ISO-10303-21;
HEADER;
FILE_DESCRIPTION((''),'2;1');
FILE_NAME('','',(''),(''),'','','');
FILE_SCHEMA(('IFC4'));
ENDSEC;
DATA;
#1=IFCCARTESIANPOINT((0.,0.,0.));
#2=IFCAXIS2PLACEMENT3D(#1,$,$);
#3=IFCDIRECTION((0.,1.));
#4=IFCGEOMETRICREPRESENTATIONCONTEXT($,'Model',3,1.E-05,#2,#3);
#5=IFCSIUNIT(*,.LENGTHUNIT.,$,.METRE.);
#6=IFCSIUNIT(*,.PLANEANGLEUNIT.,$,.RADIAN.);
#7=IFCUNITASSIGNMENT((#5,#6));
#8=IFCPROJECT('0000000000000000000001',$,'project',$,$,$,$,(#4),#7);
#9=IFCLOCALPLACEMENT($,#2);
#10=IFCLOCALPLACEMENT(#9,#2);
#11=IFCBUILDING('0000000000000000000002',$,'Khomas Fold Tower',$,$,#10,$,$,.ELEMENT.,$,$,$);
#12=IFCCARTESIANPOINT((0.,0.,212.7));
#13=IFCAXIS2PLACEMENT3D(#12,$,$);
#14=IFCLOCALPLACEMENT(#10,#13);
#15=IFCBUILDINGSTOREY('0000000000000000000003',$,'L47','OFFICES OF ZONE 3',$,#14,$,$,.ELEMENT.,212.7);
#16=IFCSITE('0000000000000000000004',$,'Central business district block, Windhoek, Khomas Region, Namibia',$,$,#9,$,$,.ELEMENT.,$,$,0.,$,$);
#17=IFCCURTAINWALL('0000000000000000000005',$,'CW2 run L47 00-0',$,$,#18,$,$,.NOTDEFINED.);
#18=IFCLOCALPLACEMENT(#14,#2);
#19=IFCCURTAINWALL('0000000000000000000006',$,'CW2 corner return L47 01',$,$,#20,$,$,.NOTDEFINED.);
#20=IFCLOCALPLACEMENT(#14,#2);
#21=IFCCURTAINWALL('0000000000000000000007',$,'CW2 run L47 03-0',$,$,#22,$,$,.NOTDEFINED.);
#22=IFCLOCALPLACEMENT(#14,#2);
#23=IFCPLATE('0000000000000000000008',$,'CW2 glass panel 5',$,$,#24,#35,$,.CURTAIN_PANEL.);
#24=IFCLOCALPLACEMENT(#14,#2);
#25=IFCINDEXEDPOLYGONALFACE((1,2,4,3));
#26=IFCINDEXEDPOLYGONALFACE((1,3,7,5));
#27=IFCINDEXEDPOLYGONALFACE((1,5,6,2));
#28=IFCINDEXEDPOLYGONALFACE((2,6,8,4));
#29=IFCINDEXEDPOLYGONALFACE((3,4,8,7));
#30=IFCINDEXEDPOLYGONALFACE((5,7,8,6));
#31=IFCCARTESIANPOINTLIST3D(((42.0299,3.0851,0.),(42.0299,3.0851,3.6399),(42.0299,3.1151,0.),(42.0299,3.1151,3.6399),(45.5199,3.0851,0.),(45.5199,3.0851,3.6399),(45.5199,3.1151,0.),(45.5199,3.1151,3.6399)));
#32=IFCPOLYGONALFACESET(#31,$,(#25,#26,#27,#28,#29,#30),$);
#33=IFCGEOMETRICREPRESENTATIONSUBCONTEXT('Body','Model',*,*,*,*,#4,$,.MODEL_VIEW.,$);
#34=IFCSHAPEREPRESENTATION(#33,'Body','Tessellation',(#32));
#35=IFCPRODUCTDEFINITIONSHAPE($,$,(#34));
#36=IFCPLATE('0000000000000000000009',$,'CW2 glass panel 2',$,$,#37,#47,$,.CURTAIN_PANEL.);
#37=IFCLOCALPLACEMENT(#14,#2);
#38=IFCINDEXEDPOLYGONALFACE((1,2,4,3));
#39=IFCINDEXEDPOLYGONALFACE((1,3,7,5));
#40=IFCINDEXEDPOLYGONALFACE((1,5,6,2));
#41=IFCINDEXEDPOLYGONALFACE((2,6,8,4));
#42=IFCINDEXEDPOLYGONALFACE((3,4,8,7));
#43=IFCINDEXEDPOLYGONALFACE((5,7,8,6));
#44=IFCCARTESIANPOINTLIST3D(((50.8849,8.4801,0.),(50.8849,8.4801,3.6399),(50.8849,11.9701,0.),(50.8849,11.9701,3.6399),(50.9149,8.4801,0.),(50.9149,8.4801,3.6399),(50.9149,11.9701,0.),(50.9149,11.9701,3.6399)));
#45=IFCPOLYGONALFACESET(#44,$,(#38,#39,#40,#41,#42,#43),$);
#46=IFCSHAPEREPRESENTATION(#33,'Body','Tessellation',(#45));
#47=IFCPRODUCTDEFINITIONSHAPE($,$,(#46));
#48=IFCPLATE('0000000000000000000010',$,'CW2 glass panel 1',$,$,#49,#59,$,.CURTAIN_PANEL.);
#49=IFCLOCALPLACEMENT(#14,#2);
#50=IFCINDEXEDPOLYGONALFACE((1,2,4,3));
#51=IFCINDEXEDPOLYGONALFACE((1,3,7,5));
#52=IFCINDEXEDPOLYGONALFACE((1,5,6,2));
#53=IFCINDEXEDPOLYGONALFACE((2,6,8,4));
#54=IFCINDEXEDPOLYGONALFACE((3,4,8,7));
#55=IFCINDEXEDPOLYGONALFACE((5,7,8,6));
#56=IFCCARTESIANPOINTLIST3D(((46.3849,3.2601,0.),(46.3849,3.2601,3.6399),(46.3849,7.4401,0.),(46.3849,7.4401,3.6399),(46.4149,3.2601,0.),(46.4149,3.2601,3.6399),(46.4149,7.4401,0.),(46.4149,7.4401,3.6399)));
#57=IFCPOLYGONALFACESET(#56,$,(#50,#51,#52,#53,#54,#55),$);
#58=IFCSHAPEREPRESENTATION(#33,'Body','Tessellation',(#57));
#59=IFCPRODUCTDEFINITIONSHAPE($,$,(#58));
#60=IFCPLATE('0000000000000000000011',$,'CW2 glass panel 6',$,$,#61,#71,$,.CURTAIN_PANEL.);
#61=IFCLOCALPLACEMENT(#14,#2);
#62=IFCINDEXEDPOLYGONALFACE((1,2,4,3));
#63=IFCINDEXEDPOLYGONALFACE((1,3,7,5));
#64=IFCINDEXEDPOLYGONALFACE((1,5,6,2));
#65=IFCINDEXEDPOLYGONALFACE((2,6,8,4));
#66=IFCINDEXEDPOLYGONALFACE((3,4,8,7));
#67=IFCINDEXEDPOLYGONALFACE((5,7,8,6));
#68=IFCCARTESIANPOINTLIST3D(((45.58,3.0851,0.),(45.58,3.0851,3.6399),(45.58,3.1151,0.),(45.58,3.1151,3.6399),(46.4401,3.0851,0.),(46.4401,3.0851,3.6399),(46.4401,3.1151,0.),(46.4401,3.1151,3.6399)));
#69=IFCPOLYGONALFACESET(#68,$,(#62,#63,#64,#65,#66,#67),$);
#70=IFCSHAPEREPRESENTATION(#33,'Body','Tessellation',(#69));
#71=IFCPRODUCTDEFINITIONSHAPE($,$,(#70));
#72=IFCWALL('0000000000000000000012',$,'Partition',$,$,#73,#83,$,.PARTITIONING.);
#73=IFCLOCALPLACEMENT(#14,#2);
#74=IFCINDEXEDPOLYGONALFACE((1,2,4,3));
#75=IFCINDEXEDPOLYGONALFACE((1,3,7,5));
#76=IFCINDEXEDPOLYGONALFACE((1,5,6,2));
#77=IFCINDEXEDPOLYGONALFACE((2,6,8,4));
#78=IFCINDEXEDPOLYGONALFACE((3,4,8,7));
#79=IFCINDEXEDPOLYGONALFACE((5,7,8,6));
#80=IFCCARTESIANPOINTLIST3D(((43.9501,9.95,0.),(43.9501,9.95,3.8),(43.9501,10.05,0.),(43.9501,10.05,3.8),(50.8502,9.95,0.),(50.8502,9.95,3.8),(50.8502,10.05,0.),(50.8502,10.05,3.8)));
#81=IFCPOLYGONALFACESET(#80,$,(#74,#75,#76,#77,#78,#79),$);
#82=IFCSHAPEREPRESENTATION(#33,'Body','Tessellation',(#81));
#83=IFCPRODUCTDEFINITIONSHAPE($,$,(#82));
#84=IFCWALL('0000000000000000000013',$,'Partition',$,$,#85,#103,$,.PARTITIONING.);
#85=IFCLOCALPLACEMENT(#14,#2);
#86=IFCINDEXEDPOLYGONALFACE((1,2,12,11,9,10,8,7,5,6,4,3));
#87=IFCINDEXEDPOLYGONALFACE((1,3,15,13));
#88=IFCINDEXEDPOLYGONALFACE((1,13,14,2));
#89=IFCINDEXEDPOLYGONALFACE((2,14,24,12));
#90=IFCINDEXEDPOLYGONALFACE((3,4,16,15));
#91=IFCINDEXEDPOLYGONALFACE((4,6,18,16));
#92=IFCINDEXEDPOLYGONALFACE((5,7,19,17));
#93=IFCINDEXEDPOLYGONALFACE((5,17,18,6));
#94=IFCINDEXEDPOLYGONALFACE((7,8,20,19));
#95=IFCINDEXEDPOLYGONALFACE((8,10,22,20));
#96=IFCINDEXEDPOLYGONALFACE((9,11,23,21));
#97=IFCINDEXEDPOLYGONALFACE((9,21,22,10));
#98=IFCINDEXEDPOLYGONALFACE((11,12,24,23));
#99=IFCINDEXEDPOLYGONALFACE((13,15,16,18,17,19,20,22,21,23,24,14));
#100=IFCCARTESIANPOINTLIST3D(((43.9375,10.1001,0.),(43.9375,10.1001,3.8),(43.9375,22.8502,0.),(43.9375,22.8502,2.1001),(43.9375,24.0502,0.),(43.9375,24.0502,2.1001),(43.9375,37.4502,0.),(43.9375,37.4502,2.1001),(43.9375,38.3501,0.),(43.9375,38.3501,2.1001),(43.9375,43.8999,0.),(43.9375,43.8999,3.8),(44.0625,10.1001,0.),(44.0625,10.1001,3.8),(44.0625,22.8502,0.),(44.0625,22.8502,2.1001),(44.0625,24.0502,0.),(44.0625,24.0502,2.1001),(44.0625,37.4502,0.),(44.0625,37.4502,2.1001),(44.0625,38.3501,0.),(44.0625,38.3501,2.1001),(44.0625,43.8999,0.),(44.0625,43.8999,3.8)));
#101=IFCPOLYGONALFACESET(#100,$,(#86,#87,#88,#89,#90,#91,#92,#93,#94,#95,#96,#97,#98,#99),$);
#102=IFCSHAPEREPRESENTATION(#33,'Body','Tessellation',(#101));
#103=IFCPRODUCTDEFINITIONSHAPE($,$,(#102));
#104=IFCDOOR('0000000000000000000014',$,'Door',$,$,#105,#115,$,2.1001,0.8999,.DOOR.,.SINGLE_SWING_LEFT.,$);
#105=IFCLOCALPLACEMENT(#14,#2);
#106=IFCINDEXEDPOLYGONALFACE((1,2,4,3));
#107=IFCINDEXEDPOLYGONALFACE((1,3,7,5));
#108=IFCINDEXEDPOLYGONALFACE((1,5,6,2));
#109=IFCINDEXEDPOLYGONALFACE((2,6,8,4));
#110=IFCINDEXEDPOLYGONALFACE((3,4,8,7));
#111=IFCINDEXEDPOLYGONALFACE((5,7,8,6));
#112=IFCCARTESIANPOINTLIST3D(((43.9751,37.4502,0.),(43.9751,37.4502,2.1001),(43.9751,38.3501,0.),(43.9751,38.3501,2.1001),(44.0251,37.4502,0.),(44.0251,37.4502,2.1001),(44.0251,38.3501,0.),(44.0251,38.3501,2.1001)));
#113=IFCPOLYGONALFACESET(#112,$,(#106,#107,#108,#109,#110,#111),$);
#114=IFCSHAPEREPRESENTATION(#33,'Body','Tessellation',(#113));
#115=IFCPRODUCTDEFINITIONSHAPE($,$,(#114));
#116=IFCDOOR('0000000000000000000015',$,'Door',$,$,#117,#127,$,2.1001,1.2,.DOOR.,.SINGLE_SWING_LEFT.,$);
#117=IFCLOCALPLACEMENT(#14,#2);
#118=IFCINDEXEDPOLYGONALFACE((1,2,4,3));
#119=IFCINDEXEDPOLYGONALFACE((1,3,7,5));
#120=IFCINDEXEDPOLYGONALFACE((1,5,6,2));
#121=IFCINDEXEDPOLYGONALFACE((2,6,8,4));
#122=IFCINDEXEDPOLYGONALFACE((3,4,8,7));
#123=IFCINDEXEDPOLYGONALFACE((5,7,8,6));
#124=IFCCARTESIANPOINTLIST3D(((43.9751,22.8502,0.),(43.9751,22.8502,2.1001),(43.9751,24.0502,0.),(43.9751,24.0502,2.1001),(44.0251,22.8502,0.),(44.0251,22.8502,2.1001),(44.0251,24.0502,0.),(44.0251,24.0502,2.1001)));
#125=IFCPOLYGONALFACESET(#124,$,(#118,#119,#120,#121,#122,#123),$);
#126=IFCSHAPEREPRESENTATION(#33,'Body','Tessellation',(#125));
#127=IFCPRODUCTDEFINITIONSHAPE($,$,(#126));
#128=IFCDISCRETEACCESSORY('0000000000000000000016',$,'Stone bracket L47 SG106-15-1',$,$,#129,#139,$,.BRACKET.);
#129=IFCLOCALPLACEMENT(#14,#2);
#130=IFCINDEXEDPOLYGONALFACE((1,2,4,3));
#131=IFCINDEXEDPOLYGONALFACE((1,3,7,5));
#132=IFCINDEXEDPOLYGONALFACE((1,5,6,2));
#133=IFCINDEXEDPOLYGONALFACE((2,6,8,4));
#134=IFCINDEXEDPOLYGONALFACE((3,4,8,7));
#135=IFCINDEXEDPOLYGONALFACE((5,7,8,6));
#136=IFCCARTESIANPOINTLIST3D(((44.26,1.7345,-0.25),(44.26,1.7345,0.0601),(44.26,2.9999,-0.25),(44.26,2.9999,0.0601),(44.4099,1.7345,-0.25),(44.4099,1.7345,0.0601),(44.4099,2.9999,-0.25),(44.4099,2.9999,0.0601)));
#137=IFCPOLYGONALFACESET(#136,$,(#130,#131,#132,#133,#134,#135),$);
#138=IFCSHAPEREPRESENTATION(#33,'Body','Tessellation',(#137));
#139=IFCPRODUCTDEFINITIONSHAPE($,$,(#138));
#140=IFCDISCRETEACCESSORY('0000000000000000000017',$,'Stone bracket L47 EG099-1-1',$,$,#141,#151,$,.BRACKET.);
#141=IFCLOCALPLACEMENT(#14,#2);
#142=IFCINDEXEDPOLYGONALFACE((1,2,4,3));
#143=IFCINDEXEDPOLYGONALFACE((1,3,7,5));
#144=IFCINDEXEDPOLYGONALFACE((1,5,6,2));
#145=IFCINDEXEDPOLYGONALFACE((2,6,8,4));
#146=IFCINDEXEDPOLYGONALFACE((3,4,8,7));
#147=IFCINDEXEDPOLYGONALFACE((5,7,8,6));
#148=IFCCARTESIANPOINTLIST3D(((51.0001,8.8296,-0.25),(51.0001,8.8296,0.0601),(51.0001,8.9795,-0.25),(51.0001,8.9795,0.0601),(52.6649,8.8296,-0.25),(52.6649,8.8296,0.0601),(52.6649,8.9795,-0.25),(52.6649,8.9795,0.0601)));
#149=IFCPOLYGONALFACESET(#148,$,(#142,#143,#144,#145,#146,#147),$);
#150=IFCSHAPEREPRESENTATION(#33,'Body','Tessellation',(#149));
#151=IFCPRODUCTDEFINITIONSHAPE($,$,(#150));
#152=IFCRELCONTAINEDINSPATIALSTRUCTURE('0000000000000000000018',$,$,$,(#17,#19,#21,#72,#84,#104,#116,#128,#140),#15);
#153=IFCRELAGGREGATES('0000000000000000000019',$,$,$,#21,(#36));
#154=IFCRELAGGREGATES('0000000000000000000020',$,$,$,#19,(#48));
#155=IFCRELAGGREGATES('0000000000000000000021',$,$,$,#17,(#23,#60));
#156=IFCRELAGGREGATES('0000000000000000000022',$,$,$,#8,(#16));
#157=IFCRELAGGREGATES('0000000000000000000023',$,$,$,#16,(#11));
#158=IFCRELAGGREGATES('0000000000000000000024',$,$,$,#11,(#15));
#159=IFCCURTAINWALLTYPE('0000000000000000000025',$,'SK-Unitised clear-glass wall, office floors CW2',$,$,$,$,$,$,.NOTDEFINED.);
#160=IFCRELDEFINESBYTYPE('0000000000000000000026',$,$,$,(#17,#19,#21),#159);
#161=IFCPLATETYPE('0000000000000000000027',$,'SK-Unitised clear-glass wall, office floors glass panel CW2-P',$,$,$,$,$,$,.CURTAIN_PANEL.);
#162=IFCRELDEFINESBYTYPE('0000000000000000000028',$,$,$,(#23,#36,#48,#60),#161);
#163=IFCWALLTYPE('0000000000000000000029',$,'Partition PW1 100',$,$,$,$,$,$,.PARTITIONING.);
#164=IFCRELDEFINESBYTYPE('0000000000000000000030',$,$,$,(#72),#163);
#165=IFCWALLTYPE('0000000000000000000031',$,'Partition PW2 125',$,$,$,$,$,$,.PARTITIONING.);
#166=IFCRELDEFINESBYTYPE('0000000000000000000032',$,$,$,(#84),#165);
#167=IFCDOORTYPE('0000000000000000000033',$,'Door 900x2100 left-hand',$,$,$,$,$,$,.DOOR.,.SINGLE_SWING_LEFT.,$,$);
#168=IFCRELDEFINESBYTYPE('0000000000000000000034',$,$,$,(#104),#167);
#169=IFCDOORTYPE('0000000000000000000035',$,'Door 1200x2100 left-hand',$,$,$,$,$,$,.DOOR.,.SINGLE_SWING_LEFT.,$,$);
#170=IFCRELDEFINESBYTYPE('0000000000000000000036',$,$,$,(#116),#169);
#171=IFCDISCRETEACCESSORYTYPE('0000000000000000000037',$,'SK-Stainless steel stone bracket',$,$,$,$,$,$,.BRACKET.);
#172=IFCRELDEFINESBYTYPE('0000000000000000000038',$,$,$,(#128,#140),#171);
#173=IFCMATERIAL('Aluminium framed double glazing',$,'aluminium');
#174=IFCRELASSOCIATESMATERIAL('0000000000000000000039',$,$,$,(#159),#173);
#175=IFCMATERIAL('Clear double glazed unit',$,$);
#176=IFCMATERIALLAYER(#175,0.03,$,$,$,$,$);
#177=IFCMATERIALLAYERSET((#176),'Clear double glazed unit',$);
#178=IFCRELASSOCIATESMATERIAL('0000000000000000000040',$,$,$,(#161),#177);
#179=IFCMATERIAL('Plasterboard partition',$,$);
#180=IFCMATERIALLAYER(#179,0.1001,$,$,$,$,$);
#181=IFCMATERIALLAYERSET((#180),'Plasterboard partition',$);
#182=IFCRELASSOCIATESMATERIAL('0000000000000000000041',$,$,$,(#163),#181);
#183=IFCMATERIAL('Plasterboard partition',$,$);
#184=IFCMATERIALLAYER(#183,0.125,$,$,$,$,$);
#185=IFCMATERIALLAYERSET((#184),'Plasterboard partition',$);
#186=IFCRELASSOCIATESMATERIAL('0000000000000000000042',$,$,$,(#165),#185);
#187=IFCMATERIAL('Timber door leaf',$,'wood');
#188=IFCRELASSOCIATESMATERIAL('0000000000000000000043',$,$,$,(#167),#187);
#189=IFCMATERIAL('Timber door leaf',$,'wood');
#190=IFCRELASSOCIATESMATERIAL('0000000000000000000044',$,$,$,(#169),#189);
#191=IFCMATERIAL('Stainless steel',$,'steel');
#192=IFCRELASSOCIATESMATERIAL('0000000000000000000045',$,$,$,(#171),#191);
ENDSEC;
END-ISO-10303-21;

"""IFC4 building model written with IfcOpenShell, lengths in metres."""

from ifc_helpers import new_model, si_unit, direction, frame, frame_2d, origin, origin_2d, place, context, subcontext, project, spatial, rectangle, extrude, source, transform, mapped, material, layer, layer_set, type_object, element, fill, aggregate, save


model = new_model("IFC4")

# Units and contexts
model_context = context("Model", 3, precision=1e-05, world=origin(), true_north=direction((0.0, 1.0)))
body_context = subcontext(model_context, "Body", "Model", "MODEL_VIEW")
ifc_project = project(units=[si_unit("LENGTHUNIT", "METRE"), si_unit("PLANEANGLEUNIT", "RADIAN")], contexts=[model_context])

# Site, building, storey
site_placement = place(None, origin())
site = spatial("IfcSite", under=ifc_project, at=site_placement, Name="Central business district block, Windhoek, Khomas Region, Namibia", CompositionType="ELEMENT", RefElevation=0.0)
building_placement = place(site_placement, origin())
building = spatial("IfcBuilding", under=site, at=building_placement, Name="Khomas Fold Tower", CompositionType="ELEMENT")
storey_placement = place(building_placement, frame((0.0, 0.0, 212.7)))
storey = spatial("IfcBuildingStorey", under=building, at=storey_placement, Name="L47", Description="OFFICES OF ZONE 3", CompositionType="ELEMENT", Elevation=212.7)

# Curtain walls
ifc_material_1 = material(Name="Aluminium framed double glazing", Category="aluminium")
curtain_wall_type = type_object("IfcCurtainWallType", Name="SK-Unitised clear-glass wall, office floors CW2", PredefinedType="NOTDEFINED", material=ifc_material_1)
curtain_wall_1_placement = place(storey_placement, origin())
curtain_wall_1 = element("IfcCurtainWall", 1, at=curtain_wall_1_placement, inside=storey, type_object=curtain_wall_type, Name="CW2 run L47 00-0", PredefinedType="NOTDEFINED")
curtain_wall_2_placement = place(storey_placement, origin())
curtain_wall_2 = element("IfcCurtainWall", 2, at=curtain_wall_2_placement, inside=storey, type_object=curtain_wall_type, Name="CW2 corner return L47 01", PredefinedType="NOTDEFINED")

# Curtain wall
curtain_wall_3_placement = place(storey_placement, origin())
curtain_wall_3 = element("IfcCurtainWall", 3, at=curtain_wall_3_placement, inside=storey, type_object=curtain_wall_type, Name="CW2 run L47 03-0", PredefinedType="NOTDEFINED")

# Plates
ifc_material_2 = material(Name="Clear double glazed unit")
ifc_layer_1 = layer(ifc_material_2, 0.03)
ifc_layer_set_1 = layer_set([ifc_layer_1], Name="Clear double glazed unit")
plate_type_1 = type_object("IfcPlateType", Name="SK-Unitised clear-glass wall, office floors glass panel CW2-P", PredefinedType="CURTAIN_PANEL", material=ifc_layer_set_1)
shared_shape_1 = source(origin(), body_context, "Body", "SweptSolid", [
    extrude(rectangle(XDim=3.49, YDim=0.03, at=origin_2d()), origin(), (0.0, 0.0, 1.0), 3.6399),
])
plate_1_placement = place(storey_placement, frame((43.7749, 3.1001, 0.0), z_axis=(0.0, 0.0, 1.0), x_axis=(1.0, 0.0, 0.0)))
plate_1 = element("IfcPlate", 4, at=plate_1_placement, type_object=plate_type_1, Name="CW2 glass panel 5", PredefinedType="CURTAIN_PANEL", context=body_context, shape_type="MappedRepresentation", body=[
    mapped(shared_shape_1, transform((0.0, 0.0, 0.0))),
])
plate_2_placement = place(storey_placement, frame((50.8999, 10.2251, 0.0), z_axis=(0.0, 0.0, 1.0), x_axis=(0.0, 1.0, 0.0)))
plate_2 = element("IfcPlate", 5, at=plate_2_placement, type_object=plate_type_1, Name="CW2 glass panel 2", PredefinedType="CURTAIN_PANEL", context=body_context, shape_type="MappedRepresentation", body=[
    mapped(shared_shape_1, transform((0.0, 0.0, 0.0))),
])
aggregate(curtain_wall_3, [plate_2])
shared_shape_2 = source(origin(), body_context, "Body", "SweptSolid", [
    extrude(rectangle(XDim=4.1799, YDim=0.03, at=origin_2d()), origin(), (0.0, 0.0, 1.0), 3.6399),
])
plate_3_placement = place(storey_placement, frame((46.3999, 5.3501, 0.0), z_axis=(0.0, 0.0, 1.0), x_axis=(0.0, 1.0, 0.0)))
plate_3 = element("IfcPlate", 6, at=plate_3_placement, type_object=plate_type_1, Name="CW2 glass panel 1", PredefinedType="CURTAIN_PANEL", context=body_context, shape_type="MappedRepresentation", body=[
    mapped(shared_shape_2, transform((0.0, 0.0, 0.0))),
])
aggregate(curtain_wall_2, [plate_3])
shared_shape_3 = source(origin(), body_context, "Body", "SweptSolid", [
    extrude(rectangle(XDim=0.8601, YDim=0.03, at=origin_2d()), origin(), (0.0, 0.0, 1.0), 3.6399),
])
plate_4_placement = place(storey_placement, frame((46.01, 3.1001, 0.0), z_axis=(0.0, 0.0, 1.0), x_axis=(1.0, 0.0, 0.0)))
plate_4 = element("IfcPlate", 7, at=plate_4_placement, type_object=plate_type_1, Name="CW2 glass panel 6", PredefinedType="CURTAIN_PANEL", context=body_context, shape_type="MappedRepresentation", body=[
    mapped(shared_shape_3, transform((0.0, 0.0, 0.0))),
])
aggregate(curtain_wall_1, [plate_1, plate_4])

# Wall
ifc_material_3 = material(Name="Plasterboard partition")
ifc_layer_2 = layer(ifc_material_3, 0.1001)
ifc_layer_set_2 = layer_set([ifc_layer_2], Name="Plasterboard partition")
wall_type_1 = type_object("IfcWallType", Name="Partition PW1 100", PredefinedType="PARTITIONING", material=ifc_layer_set_2)
shared_shape_4 = source(origin(), body_context, "Body", "SweptSolid", [
    extrude(rectangle(XDim=6.9001, YDim=0.1001, at=frame_2d((3.4502, 0.0))), origin(), (0.0, 0.0, 1.0), 3.8),
])
wall_1_placement = place(storey_placement, frame((43.95, 10.0, 0.0), z_axis=(0.0, 0.0, 1.0), x_axis=(1.0, 0.0, 0.0)))
element("IfcWall", 8, at=wall_1_placement, inside=storey, type_object=wall_type_1, Name="Partition", PredefinedType="PARTITIONING", context=body_context, shape_type="MappedRepresentation", body=[
    mapped(shared_shape_4, transform((0.0, 0.0, 0.0))),
])

# Wall, openings, doors
ifc_material_4 = material(Name="Plasterboard partition")
ifc_layer_3 = layer(ifc_material_4, 0.125)
ifc_layer_set_3 = layer_set([ifc_layer_3], Name="Plasterboard partition")
wall_type_2 = type_object("IfcWallType", Name="Partition PW2 125", PredefinedType="PARTITIONING", material=ifc_layer_set_3)
shared_shape_5 = source(origin(), body_context, "Body", "SweptSolid", [
    extrude(rectangle(XDim=33.7998, YDim=0.125, at=frame_2d((16.8999, 0.0))), origin(), (0.0, 0.0, 1.0), 3.8),
])
wall_2_placement = place(storey_placement, frame((44.0, 10.1001, 0.0), z_axis=(0.0, 0.0, 1.0), x_axis=(0.0, 1.0, 0.0)))
wall_2 = element("IfcWall", 9, at=wall_2_placement, inside=storey, type_object=wall_type_2, Name="Partition", PredefinedType="PARTITIONING", context=body_context, shape_type="MappedRepresentation", body=[
    mapped(shared_shape_5, transform((0.0, 0.0, 0.0))),
])
shared_shape_6 = source(origin(), body_context, "Body", "SweptSolid", [
    extrude(rectangle(XDim=1.2, YDim=2.1001, at=frame_2d((0.6001, 1.05))), frame((0.0, 0.0725, 0.0), z_axis=(0.0, -1.0, 0.0), x_axis=(1.0, 0.0, 0.0)), (0.0, 0.0, 1.0), 0.145),
])
opening_1_placement = place(wall_2_placement, frame((12.75, 0.0, 0.0)))
opening_1 = element("IfcOpeningElement", 10, at=opening_1_placement, cuts=wall_2, PredefinedType="OPENING", context=body_context, shape_type="MappedRepresentation", body=[
    mapped(shared_shape_6, transform((0.0, 0.0, 0.0))),
])
shared_shape_7 = source(origin(), body_context, "Body", "SweptSolid", [
    extrude(rectangle(XDim=0.8999, YDim=2.1001, at=frame_2d((0.45, 1.05))), frame((0.0, 0.0725, 0.0), z_axis=(0.0, -1.0, 0.0), x_axis=(1.0, 0.0, 0.0)), (0.0, 0.0, 1.0), 0.145),
])
opening_2_placement = place(wall_2_placement, frame((27.3501, 0.0, 0.0)))
opening_2 = element("IfcOpeningElement", 11, at=opening_2_placement, cuts=wall_2, PredefinedType="OPENING", context=body_context, shape_type="MappedRepresentation", body=[
    mapped(shared_shape_7, transform((0.0, 0.0, 0.0))),
])
ifc_material_5 = material(Name="Timber door leaf", Category="wood")
door_type_1 = type_object("IfcDoorType", Name="Door 900x2100 left-hand", OperationType="SINGLE_SWING_LEFT", PredefinedType="DOOR", material=ifc_material_5)
shared_shape_8 = source(origin(), body_context, "Body", "SweptSolid", [
    extrude(rectangle(XDim=0.8999, YDim=2.1001, at=frame_2d((0.45, 1.05))), frame((0.0, 0.0249, 0.0), z_axis=(0.0, -1.0, 0.0), x_axis=(1.0, 0.0, 0.0)), (0.0, 0.0, 1.0), 0.05),
])
door_1_placement = place(opening_2_placement, origin())
door_1 = element("IfcDoor", 12, at=door_1_placement, inside=storey, type_object=door_type_1, Name="Door", OperationType="SINGLE_SWING_LEFT", OverallHeight=2.1001, OverallWidth=0.8999, PredefinedType="DOOR", context=body_context, shape_type="MappedRepresentation", body=[
    mapped(shared_shape_8, transform((0.0, 0.0, 0.0))),
])
fill(opening_2, door_1)
ifc_material_6 = material(Name="Timber door leaf", Category="wood")
door_type_2 = type_object("IfcDoorType", Name="Door 1200x2100 left-hand", OperationType="SINGLE_SWING_LEFT", PredefinedType="DOOR", material=ifc_material_6)
shared_shape_9 = source(origin(), body_context, "Body", "SweptSolid", [
    extrude(rectangle(XDim=1.2, YDim=2.1001, at=frame_2d((0.6001, 1.05))), frame((0.0, 0.0249, 0.0), z_axis=(0.0, -1.0, 0.0), x_axis=(1.0, 0.0, 0.0)), (0.0, 0.0, 1.0), 0.05),
])
door_2_placement = place(opening_1_placement, origin())
door_2 = element("IfcDoor", 13, at=door_2_placement, inside=storey, type_object=door_type_2, Name="Door", OperationType="SINGLE_SWING_LEFT", OverallHeight=2.1001, OverallWidth=1.2, PredefinedType="DOOR", context=body_context, shape_type="MappedRepresentation", body=[
    mapped(shared_shape_9, transform((0.0, 0.0, 0.0))),
])
fill(opening_1, door_2)

# Discrete accessories
ifc_material_7 = material(Name="Stainless steel", Category="steel")
discrete_accessory_type = type_object("IfcDiscreteAccessoryType", Name="SK-Stainless steel stone bracket", PredefinedType="BRACKET", material=ifc_material_7)
shared_shape_10 = source(origin(), body_context, "Body", "SweptSolid", [
    extrude(rectangle(XDim=1.2654, YDim=0.1499, at=origin_2d()), origin(), (0.0, 0.0, 1.0), 0.3101),
])
discrete_accessory_1_placement = place(storey_placement, frame((44.335, 2.3672, -0.25), z_axis=(0.0, 0.0, 1.0), x_axis=(0.0, -1.0, 0.0)))
element("IfcDiscreteAccessory", 14, at=discrete_accessory_1_placement, inside=storey, type_object=discrete_accessory_type, Name="Stone bracket L47 SG106-15-1", PredefinedType="BRACKET", context=body_context, shape_type="MappedRepresentation", body=[
    mapped(shared_shape_10, transform((0.0, 0.0, 0.0))),
])
shared_shape_11 = source(origin(), body_context, "Body", "SweptSolid", [
    extrude(rectangle(XDim=1.6648, YDim=0.1499, at=origin_2d()), origin(), (0.0, 0.0, 1.0), 0.3101),
])
discrete_accessory_2_placement = place(storey_placement, frame((51.8325, 8.9045, -0.25), z_axis=(0.0, 0.0, 1.0), x_axis=(1.0, 0.0, 0.0)))
element("IfcDiscreteAccessory", 15, at=discrete_accessory_2_placement, inside=storey, type_object=discrete_accessory_type, Name="Stone bracket L47 EG099-1-1", PredefinedType="BRACKET", context=body_context, shape_type="MappedRepresentation", body=[
    mapped(shared_shape_11, transform((0.0, 0.0, 0.0))),
])

save(model, "model.ifc")
